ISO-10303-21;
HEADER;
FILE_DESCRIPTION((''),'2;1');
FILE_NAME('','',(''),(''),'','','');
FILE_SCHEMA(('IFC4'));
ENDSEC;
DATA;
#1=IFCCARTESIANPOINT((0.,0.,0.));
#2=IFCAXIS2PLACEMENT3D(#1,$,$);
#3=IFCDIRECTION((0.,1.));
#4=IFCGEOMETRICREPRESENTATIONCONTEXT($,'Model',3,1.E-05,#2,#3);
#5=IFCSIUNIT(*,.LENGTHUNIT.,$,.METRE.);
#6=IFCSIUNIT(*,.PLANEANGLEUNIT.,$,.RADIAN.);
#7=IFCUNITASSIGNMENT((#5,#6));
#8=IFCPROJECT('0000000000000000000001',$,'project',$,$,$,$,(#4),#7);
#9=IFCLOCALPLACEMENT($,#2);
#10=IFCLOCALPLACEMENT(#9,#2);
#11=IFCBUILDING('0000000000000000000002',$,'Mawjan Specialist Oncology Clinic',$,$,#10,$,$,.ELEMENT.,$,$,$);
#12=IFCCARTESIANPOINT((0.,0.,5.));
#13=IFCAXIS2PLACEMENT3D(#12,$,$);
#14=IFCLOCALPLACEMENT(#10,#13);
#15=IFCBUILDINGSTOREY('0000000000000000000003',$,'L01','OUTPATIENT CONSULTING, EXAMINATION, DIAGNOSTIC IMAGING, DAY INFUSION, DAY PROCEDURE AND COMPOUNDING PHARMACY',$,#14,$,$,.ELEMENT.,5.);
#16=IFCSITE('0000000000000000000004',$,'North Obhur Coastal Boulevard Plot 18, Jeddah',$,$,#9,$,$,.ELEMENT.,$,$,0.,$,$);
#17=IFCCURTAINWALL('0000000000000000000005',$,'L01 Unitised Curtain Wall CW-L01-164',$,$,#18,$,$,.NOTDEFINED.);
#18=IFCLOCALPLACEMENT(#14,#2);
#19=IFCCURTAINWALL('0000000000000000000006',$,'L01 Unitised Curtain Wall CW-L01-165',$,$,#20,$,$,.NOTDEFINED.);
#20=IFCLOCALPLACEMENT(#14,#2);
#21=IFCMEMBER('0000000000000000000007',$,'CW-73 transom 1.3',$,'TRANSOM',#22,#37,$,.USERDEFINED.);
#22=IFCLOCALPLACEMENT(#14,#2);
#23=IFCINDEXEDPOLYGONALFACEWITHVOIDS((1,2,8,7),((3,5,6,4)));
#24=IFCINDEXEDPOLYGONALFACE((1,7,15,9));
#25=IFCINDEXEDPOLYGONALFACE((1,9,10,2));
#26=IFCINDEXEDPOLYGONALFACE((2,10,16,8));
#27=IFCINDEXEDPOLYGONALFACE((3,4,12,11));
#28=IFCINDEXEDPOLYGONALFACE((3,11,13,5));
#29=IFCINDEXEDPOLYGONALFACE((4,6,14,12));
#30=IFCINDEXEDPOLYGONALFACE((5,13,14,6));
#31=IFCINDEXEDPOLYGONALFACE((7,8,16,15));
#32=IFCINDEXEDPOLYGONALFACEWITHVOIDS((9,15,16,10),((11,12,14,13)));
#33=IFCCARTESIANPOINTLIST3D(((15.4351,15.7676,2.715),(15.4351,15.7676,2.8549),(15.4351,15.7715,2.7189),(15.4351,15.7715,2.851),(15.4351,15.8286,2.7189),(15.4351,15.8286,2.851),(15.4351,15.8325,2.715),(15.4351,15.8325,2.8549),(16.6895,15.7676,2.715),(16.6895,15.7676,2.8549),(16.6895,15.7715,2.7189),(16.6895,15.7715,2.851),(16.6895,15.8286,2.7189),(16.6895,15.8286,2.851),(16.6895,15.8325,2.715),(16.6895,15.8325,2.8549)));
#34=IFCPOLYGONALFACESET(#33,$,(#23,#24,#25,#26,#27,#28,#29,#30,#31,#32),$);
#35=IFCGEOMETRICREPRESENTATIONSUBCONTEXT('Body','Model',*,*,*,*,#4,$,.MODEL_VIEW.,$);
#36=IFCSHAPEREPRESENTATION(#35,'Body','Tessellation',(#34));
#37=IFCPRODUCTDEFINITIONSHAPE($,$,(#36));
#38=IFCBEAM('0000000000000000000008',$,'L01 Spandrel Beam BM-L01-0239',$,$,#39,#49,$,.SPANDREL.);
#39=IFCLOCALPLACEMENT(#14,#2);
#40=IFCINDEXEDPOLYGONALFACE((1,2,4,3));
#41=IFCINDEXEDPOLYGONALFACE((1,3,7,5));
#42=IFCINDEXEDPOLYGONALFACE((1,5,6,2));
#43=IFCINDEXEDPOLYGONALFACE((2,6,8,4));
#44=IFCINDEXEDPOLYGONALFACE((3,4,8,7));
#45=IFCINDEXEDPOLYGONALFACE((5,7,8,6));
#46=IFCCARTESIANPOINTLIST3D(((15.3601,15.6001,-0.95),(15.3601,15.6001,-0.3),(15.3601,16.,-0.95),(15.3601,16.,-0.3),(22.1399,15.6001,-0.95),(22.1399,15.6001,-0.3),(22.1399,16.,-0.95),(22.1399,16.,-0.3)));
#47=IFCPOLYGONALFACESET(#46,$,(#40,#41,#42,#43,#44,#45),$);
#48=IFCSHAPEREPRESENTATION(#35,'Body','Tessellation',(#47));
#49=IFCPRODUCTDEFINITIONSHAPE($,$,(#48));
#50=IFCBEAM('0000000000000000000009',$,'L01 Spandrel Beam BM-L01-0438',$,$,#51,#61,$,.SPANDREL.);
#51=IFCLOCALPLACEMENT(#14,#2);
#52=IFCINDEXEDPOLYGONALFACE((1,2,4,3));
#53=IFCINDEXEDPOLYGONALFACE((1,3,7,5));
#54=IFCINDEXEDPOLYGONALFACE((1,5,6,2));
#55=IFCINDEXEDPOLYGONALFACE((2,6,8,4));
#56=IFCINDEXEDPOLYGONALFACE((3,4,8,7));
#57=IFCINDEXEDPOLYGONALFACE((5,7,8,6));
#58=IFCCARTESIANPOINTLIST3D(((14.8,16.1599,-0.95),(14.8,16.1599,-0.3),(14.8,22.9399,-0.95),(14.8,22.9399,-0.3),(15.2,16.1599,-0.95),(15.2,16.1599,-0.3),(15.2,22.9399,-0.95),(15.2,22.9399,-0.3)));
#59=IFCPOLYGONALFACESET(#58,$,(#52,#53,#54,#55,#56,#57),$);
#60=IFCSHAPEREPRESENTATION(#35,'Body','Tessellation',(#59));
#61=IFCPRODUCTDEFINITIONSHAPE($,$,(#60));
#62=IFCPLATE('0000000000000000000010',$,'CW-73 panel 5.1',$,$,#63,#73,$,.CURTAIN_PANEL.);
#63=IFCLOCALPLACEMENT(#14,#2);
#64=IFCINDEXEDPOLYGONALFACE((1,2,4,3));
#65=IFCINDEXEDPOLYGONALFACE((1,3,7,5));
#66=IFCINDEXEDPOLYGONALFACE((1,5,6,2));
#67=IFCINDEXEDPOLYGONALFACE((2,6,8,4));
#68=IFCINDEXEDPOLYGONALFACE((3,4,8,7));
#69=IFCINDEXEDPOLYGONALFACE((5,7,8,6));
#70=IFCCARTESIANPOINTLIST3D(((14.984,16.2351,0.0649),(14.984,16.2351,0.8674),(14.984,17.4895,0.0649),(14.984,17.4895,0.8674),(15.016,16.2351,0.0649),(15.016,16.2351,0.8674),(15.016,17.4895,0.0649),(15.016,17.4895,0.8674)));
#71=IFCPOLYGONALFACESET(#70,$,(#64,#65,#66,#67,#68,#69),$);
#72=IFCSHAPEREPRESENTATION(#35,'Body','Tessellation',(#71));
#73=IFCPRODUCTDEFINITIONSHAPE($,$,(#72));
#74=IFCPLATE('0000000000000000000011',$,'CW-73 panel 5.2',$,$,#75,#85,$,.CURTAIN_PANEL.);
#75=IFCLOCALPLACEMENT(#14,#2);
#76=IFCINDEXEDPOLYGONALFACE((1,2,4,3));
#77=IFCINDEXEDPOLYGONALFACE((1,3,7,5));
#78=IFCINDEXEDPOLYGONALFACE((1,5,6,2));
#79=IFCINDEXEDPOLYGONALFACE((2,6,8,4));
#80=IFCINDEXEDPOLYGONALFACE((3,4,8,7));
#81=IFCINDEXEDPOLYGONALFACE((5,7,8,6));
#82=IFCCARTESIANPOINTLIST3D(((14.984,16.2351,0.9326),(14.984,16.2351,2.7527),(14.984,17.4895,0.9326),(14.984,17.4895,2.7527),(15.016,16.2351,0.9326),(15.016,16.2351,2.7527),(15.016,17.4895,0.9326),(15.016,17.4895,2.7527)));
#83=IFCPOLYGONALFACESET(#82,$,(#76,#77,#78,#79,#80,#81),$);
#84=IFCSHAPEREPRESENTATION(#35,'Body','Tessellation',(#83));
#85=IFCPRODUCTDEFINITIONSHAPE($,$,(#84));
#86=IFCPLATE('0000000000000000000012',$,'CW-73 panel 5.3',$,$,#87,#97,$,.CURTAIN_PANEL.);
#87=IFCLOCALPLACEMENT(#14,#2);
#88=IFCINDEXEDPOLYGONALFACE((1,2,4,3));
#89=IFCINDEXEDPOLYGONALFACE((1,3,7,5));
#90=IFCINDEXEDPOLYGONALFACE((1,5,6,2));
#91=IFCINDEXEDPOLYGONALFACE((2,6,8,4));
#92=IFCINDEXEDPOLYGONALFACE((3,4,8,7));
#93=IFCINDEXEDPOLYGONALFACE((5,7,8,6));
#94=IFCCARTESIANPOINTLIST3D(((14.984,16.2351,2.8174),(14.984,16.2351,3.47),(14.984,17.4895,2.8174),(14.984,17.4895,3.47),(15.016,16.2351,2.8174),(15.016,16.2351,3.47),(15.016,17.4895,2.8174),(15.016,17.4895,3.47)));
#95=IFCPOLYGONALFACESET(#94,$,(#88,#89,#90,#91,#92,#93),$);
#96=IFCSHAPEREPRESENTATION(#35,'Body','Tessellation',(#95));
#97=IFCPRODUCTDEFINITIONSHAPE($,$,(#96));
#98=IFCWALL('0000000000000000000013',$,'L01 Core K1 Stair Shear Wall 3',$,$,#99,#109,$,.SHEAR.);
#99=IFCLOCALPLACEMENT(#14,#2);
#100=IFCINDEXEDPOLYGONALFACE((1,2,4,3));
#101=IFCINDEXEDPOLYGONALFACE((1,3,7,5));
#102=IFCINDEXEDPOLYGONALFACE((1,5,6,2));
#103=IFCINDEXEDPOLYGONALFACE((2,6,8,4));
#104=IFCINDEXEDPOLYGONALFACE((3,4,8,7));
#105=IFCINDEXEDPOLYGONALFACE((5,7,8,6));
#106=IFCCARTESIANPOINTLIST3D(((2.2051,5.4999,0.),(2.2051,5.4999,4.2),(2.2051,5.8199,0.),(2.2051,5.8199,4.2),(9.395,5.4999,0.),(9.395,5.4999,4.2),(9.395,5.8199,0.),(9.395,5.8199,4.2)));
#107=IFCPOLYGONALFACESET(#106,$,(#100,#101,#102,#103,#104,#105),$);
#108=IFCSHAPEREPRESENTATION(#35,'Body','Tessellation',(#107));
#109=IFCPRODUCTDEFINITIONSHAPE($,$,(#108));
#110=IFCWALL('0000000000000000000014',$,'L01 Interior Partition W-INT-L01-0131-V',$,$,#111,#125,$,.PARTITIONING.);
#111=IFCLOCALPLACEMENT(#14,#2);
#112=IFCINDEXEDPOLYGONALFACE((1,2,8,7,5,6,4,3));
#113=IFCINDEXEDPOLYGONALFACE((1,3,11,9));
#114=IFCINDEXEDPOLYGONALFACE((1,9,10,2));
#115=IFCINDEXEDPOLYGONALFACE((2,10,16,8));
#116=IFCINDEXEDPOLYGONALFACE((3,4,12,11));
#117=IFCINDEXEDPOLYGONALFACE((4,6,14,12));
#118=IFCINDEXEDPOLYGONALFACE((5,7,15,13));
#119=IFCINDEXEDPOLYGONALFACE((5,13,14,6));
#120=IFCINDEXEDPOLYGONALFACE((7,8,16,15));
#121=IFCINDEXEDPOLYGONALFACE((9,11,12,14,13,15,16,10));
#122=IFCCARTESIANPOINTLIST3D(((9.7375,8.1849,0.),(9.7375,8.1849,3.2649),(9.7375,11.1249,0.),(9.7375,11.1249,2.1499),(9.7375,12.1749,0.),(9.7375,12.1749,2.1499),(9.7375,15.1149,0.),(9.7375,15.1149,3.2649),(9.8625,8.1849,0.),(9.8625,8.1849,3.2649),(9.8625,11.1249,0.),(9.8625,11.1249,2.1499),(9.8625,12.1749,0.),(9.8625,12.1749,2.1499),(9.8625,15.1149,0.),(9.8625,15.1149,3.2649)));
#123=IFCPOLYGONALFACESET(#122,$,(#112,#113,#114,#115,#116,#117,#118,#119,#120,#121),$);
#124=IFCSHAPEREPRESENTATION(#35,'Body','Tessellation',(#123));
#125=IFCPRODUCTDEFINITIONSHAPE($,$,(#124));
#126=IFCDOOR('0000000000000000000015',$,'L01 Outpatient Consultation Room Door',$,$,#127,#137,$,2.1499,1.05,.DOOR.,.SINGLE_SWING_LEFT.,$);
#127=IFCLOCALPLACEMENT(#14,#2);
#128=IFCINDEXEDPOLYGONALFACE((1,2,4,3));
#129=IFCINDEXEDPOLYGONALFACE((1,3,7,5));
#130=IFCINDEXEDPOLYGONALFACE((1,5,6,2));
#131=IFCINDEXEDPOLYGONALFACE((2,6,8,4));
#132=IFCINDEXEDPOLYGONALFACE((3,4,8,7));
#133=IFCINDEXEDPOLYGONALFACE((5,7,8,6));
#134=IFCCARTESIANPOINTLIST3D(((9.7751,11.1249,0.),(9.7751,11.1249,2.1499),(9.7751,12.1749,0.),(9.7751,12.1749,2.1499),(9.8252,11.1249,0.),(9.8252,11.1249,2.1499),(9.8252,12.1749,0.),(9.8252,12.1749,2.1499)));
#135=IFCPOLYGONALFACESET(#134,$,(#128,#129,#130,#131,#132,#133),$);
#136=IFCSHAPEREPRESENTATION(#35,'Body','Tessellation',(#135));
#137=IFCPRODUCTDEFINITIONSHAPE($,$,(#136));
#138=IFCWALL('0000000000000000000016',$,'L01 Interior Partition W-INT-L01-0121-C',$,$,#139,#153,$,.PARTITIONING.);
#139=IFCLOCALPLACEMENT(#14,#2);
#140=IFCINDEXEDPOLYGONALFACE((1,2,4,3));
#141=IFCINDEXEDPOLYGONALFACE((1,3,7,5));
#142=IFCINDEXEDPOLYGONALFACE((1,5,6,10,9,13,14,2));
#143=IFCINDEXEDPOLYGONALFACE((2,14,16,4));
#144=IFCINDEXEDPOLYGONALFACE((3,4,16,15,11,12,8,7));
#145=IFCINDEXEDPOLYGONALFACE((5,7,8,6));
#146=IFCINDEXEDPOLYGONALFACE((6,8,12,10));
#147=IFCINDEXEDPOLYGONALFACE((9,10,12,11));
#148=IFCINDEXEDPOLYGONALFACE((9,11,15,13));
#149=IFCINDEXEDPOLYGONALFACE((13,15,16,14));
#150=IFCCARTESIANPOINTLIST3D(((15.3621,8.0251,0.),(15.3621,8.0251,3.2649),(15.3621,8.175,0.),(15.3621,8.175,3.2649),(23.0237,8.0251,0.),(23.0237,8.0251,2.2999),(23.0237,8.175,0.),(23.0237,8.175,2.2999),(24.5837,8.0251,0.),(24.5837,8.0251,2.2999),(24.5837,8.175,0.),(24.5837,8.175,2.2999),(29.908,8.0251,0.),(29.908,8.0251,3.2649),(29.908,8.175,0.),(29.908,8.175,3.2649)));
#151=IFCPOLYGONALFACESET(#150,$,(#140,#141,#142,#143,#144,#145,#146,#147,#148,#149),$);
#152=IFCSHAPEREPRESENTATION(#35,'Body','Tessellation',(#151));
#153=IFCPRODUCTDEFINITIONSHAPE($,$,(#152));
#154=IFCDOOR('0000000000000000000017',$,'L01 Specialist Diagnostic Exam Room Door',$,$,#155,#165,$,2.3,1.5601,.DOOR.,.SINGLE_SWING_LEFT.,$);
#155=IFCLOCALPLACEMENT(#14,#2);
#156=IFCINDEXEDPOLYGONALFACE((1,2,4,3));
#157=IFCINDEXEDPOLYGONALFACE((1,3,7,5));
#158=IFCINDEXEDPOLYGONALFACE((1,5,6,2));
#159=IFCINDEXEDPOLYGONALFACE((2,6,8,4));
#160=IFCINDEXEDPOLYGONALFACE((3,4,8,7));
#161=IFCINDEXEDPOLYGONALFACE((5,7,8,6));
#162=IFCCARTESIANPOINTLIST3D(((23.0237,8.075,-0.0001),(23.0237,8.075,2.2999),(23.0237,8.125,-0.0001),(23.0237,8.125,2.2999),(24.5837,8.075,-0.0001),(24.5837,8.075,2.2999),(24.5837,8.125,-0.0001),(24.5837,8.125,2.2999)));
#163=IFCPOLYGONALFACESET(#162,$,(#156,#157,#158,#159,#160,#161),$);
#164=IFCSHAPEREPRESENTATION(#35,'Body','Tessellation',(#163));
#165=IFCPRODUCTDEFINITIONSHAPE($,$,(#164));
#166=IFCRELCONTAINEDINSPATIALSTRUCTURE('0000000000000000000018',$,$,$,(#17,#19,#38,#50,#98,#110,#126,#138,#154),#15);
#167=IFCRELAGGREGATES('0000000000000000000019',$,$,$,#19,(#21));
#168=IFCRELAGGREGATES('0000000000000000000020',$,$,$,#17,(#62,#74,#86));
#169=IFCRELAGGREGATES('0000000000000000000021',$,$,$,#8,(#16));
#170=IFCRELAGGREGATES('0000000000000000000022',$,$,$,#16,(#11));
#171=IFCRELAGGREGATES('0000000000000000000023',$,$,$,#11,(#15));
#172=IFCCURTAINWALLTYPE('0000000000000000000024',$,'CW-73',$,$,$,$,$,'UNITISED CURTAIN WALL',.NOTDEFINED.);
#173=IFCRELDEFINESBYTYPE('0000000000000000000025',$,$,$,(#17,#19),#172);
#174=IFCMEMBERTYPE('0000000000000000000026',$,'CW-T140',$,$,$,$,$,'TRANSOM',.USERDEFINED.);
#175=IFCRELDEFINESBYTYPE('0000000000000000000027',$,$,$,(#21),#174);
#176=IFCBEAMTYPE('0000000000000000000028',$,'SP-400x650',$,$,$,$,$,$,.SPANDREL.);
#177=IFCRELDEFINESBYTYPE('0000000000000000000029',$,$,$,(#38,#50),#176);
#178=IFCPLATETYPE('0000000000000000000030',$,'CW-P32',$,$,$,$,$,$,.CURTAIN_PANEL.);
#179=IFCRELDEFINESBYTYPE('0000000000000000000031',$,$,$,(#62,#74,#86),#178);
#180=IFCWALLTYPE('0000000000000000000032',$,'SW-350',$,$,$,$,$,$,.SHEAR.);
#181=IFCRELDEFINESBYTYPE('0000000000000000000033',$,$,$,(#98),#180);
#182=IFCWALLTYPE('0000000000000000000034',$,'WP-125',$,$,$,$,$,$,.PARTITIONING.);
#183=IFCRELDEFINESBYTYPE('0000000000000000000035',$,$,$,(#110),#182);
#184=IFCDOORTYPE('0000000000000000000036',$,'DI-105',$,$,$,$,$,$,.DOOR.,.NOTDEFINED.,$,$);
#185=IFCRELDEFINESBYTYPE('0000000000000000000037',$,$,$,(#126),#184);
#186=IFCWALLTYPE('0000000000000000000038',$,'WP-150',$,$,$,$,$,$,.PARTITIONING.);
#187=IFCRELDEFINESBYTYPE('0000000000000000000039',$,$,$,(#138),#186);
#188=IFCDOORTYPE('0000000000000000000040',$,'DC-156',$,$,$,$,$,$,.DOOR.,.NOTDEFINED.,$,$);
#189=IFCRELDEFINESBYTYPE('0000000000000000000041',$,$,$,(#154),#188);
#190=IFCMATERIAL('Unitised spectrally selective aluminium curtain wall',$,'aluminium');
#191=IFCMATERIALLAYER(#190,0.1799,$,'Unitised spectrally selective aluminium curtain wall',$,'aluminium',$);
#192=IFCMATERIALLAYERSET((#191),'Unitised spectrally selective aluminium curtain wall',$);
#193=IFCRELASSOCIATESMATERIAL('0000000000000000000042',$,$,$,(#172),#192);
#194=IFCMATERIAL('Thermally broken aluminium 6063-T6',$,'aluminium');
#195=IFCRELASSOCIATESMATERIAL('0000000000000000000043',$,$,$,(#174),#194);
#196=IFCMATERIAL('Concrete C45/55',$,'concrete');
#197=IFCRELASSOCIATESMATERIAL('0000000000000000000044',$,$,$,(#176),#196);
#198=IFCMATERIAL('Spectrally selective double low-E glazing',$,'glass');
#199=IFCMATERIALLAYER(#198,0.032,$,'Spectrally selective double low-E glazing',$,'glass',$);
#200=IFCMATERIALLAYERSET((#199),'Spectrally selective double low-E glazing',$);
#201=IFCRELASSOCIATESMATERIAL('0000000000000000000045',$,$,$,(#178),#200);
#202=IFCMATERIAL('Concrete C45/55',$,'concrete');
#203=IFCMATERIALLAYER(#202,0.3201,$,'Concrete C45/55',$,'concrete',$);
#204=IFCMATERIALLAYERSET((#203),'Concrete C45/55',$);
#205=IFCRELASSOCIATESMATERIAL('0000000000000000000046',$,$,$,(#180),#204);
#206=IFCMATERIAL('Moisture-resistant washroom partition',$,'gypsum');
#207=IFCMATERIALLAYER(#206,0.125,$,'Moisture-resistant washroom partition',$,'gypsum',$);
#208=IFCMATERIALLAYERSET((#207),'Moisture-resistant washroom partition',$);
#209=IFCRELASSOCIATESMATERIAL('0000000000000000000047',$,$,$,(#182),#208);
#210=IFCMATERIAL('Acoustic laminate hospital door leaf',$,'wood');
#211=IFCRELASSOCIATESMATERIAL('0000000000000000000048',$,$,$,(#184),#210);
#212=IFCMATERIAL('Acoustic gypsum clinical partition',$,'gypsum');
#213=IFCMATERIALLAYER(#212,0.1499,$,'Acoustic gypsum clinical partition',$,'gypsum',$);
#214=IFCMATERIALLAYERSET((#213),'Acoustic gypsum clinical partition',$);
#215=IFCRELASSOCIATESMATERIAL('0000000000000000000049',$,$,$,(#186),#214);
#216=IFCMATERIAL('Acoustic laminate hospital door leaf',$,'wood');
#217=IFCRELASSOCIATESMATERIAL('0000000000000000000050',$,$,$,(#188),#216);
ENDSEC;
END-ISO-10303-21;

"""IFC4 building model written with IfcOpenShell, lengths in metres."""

from ifc_helpers import new_model, si_unit, direction, frame, frame_2d, origin, origin_2d, place, context, subcontext, project, spatial, rectangle, hollow_rectangle, extrude, material, layer, layer_set, material_profile, profile_set, type_object, element, fill, aggregate, save


model = new_model("IFC4")

# Units and contexts
model_context = context("Model", 3, precision=1e-05, world=origin(), true_north=direction((0.0, 1.0)))
body_context = subcontext(model_context, "Body", "Model", "MODEL_VIEW")
ifc_project = project(units=[si_unit("LENGTHUNIT", "METRE"), si_unit("PLANEANGLEUNIT", "RADIAN")], contexts=[model_context])

# Site, building, storey
site_placement = place(None, origin())
site = spatial("IfcSite", under=ifc_project, at=site_placement, Name="North Obhur Coastal Boulevard Plot 18, Jeddah", CompositionType="ELEMENT", RefElevation=0.0)
building_placement = place(site_placement, origin())
building = spatial("IfcBuilding", under=site, at=building_placement, Name="Mawjan Specialist Oncology Clinic", CompositionType="ELEMENT")
storey_placement = place(building_placement, frame((0.0, 0.0, 5.0)))
storey = spatial("IfcBuildingStorey", under=building, at=storey_placement, Name="L01", Description="OUTPATIENT CONSULTING, EXAMINATION, DIAGNOSTIC IMAGING, DAY INFUSION, DAY PROCEDURE AND COMPOUNDING PHARMACY", CompositionType="ELEMENT", Elevation=5.0)

# Curtain wall
ifc_material_1 = material(Name="Unitised spectrally selective aluminium curtain wall", Category="aluminium")
ifc_layer_1 = layer(ifc_material_1, 0.1799, Name="Unitised spectrally selective aluminium curtain wall", Category="aluminium")
ifc_layer_set_1 = layer_set([ifc_layer_1], Name="Unitised spectrally selective aluminium curtain wall")
curtain_wall_type = type_object("IfcCurtainWallType", Name="CW-73", ElementType="UNITISED CURTAIN WALL", PredefinedType="NOTDEFINED", material=ifc_layer_set_1)
curtain_wall_1_placement = place(storey_placement, origin())
curtain_wall_1 = element("IfcCurtainWall", 1, at=curtain_wall_1_placement, inside=storey, type_object=curtain_wall_type, Name="L01 Unitised Curtain Wall CW-L01-164", PredefinedType="NOTDEFINED")

# Curtain wall, member
curtain_wall_2_placement = place(storey_placement, origin())
curtain_wall_2 = element("IfcCurtainWall", 2, at=curtain_wall_2_placement, inside=storey, type_object=curtain_wall_type, Name="L01 Unitised Curtain Wall CW-L01-165", PredefinedType="NOTDEFINED")
ifc_material_2 = material(Name="Thermally broken aluminium 6063-T6", Category="aluminium")
ifc_material_profile_1 = material_profile(ifc_material_2, hollow_rectangle(XDim=0.0649, YDim=0.1399, WallThickness=0.0039, at=origin_2d()), Name="ALU TRANSOM 140x65x4", Category="aluminium")
ifc_profile_set_1 = profile_set([ifc_material_profile_1], Name="Thermally broken aluminium 6063-T6")
member_type_1 = type_object("IfcMemberType", Name="CW-T140", ElementType="TRANSOM", PredefinedType="USERDEFINED", material=ifc_profile_set_1)
member_1_placement = place(storey_placement, frame((15.4351, 15.8, 2.7849), z_axis=(1.0, 0.0, 0.0), x_axis=(0.0, 1.0, 0.0)))
member_1 = element("IfcMember", 3, at=member_1_placement, type_object=member_type_1, Name="CW-73 transom 1.3", ObjectType="TRANSOM", PredefinedType="USERDEFINED", context=body_context, shape_type="SweptSolid", body=[
    extrude(hollow_rectangle(XDim=0.0649, YDim=0.1399, WallThickness=0.0039, at=origin_2d()), origin(), (0.0, 0.0, 1.0), 1.2544),
])
aggregate(curtain_wall_2, [member_1])

# Beams
ifc_material_3 = material(Name="Concrete C45/55", Category="concrete")
ifc_material_profile_2 = material_profile(ifc_material_3, rectangle(XDim=0.3999, YDim=0.6499, at=origin_2d()), Name="RC BM 400x650", Category="concrete")
ifc_profile_set_2 = profile_set([ifc_material_profile_2], Name="Concrete C45/55")
beam_type_1 = type_object("IfcBeamType", Name="SP-400x650", PredefinedType="SPANDREL", material=ifc_profile_set_2)
beam_1_placement = place(storey_placement, frame((15.3601, 15.8, -0.625), z_axis=(1.0, 0.0, 0.0), x_axis=(0.0, 1.0, 0.0)))
element("IfcBeam", 4, at=beam_1_placement, inside=storey, type_object=beam_type_1, Name="L01 Spandrel Beam BM-L01-0239", PredefinedType="SPANDREL", context=body_context, shape_type="SweptSolid", body=[
    extrude(rectangle(XDim=0.3999, YDim=0.6499, at=origin_2d()), origin(), (0.0, 0.0, 1.0), 6.7798),
])
beam_2_placement = place(storey_placement, frame((15.0, 16.1599, -0.625), z_axis=(0.0, 1.0, 0.0), x_axis=(-1.0, 0.0, 0.0)))
element("IfcBeam", 5, at=beam_2_placement, inside=storey, type_object=beam_type_1, Name="L01 Spandrel Beam BM-L01-0438", PredefinedType="SPANDREL", context=body_context, shape_type="SweptSolid", body=[
    extrude(rectangle(XDim=0.3999, YDim=0.6499, at=origin_2d()), origin(), (0.0, 0.0, 1.0), 6.78),
])

# Plates
ifc_material_4 = material(Name="Spectrally selective double low-E glazing", Category="glass")
ifc_layer_2 = layer(ifc_material_4, 0.032, Name="Spectrally selective double low-E glazing", Category="glass")
ifc_layer_set_2 = layer_set([ifc_layer_2], Name="Spectrally selective double low-E glazing")
plate_type = type_object("IfcPlateType", Name="CW-P32", PredefinedType="CURTAIN_PANEL", material=ifc_layer_set_2)
plate_1_placement = place(storey_placement, frame((15.0, 16.8623, 0.0649), z_axis=(0.0, 0.0, 1.0), x_axis=(0.0, -1.0, 0.0)))
plate_1 = element("IfcPlate", 6, at=plate_1_placement, type_object=plate_type, Name="CW-73 panel 5.1", PredefinedType="CURTAIN_PANEL", context=body_context, shape_type="SweptSolid", body=[
    extrude(rectangle(XDim=1.2544, YDim=0.032, at=origin_2d()), origin(), (0.0, 0.0, 1.0), 0.8025),
])
plate_2_placement = place(storey_placement, frame((15.0, 16.8623, 0.9326), z_axis=(0.0, 0.0, 1.0), x_axis=(0.0, -1.0, 0.0)))
plate_2 = element("IfcPlate", 7, at=plate_2_placement, type_object=plate_type, Name="CW-73 panel 5.2", PredefinedType="CURTAIN_PANEL", context=body_context, shape_type="SweptSolid", body=[
    extrude(rectangle(XDim=1.2544, YDim=0.032, at=origin_2d()), origin(), (0.0, 0.0, 1.0), 1.8201),
])
plate_3_placement = place(storey_placement, frame((15.0, 16.8623, 2.8174), z_axis=(0.0, 0.0, 1.0), x_axis=(0.0, -1.0, 0.0)))
plate_3 = element("IfcPlate", 8, at=plate_3_placement, type_object=plate_type, Name="CW-73 panel 5.3", PredefinedType="CURTAIN_PANEL", context=body_context, shape_type="SweptSolid", body=[
    extrude(rectangle(XDim=1.2544, YDim=0.032, at=origin_2d()), origin(), (0.0, 0.0, 1.0), 0.6526),
])
aggregate(curtain_wall_1, [plate_1, plate_2, plate_3])

# Wall
ifc_material_5 = material(Name="Concrete C45/55", Category="concrete")
ifc_layer_3 = layer(ifc_material_5, 0.3201, Name="Concrete C45/55", Category="concrete")
ifc_layer_set_3 = layer_set([ifc_layer_3], Name="Concrete C45/55")
wall_type_1 = type_object("IfcWallType", Name="SW-350", PredefinedType="SHEAR", material=ifc_layer_set_3)
wall_1_placement = place(storey_placement, frame((9.395, 5.6599, 0.0), z_axis=(0.0, 0.0, 1.0), x_axis=(-1.0, 0.0, 0.0)))
element("IfcWall", 9, at=wall_1_placement, inside=storey, type_object=wall_type_1, Name="L01 Core K1 Stair Shear Wall 3", PredefinedType="SHEAR", context=body_context, shape_type="SweptSolid", body=[
    extrude(rectangle(XDim=7.1899, YDim=0.3201, at=frame_2d((3.595, 0.0))), origin(), (0.0, 0.0, 1.0), 4.2),
])

# Walls, openings, doors
ifc_material_6 = material(Name="Moisture-resistant washroom partition", Category="gypsum")
ifc_layer_4 = layer(ifc_material_6, 0.125, Name="Moisture-resistant washroom partition", Category="gypsum")
ifc_layer_set_4 = layer_set([ifc_layer_4], Name="Moisture-resistant washroom partition")
wall_type_2 = type_object("IfcWallType", Name="WP-125", PredefinedType="PARTITIONING", material=ifc_layer_set_4)
wall_2_placement = place(storey_placement, frame((9.8, 8.1851, 0.0), z_axis=(0.0, 0.0, 1.0), x_axis=(0.0, 1.0, 0.0)))
wall_2 = element("IfcWall", 10, at=wall_2_placement, inside=storey, type_object=wall_type_2, Name="L01 Interior Partition W-INT-L01-0131-V", PredefinedType="PARTITIONING", context=body_context, shape_type="SweptSolid", body=[
    extrude(rectangle(XDim=6.9299, YDim=0.125, at=frame_2d((3.4648, 0.0))), origin(), (0.0, 0.0, 1.0), 3.2649),
])
opening_1_placement = place(wall_2_placement, frame((2.9399, 0.0, 0.0)))
opening_1 = element("IfcOpeningElement", 11, at=opening_1_placement, cuts=wall_2, PredefinedType="OPENING", context=body_context, shape_type="SweptSolid", body=[
    extrude(rectangle(XDim=1.05, YDim=2.1499, at=frame_2d((0.5249, 1.075))), frame((0.0, 0.0745, 0.0), z_axis=(0.0, -1.0, 0.0), x_axis=(1.0, 0.0, 0.0)), (0.0, 0.0, 1.0), 0.1489),
])
ifc_material_7 = material(Name="Acoustic laminate hospital door leaf", Category="wood")
door_type_1 = type_object("IfcDoorType", Name="DI-105", OperationType="NOTDEFINED", PredefinedType="DOOR", material=ifc_material_7)
door_1_placement = place(opening_1_placement, origin())
door_1 = element("IfcDoor", 12, at=door_1_placement, inside=storey, type_object=door_type_1, Name="L01 Outpatient Consultation Room Door", OperationType="SINGLE_SWING_LEFT", OverallHeight=2.1499, OverallWidth=1.05, PredefinedType="DOOR", context=body_context, shape_type="SweptSolid", body=[
    extrude(rectangle(XDim=1.05, YDim=2.1499, at=frame_2d((0.5249, 1.075))), frame((0.0, 0.0249, 0.0), z_axis=(0.0, -1.0, 0.0), x_axis=(1.0, 0.0, 0.0)), (0.0, 0.0, 1.0), 0.05),
])
fill(opening_1, door_1)
ifc_material_8 = material(Name="Acoustic gypsum clinical partition", Category="gypsum")
ifc_layer_5 = layer(ifc_material_8, 0.1499, Name="Acoustic gypsum clinical partition", Category="gypsum")
ifc_layer_set_5 = layer_set([ifc_layer_5], Name="Acoustic gypsum clinical partition")
wall_type_3 = type_object("IfcWallType", Name="WP-150", PredefinedType="PARTITIONING", material=ifc_layer_set_5)
wall_3_placement = place(storey_placement, frame((15.3621, 8.1001, 0.0), z_axis=(0.0, 0.0, 1.0), x_axis=(1.0, 0.0, 0.0)))
wall_3 = element("IfcWall", 13, at=wall_3_placement, inside=storey, type_object=wall_type_3, Name="L01 Interior Partition W-INT-L01-0121-C", PredefinedType="PARTITIONING", context=body_context, shape_type="SweptSolid", body=[
    extrude(rectangle(XDim=14.5459, YDim=0.1499, at=frame_2d((7.2729, 0.0))), origin(), (0.0, 0.0, 1.0), 3.2649),
])
opening_2_placement = place(wall_3_placement, frame((7.6616, 0.0, 0.0)))
opening_2 = element("IfcOpeningElement", 14, at=opening_2_placement, cuts=wall_3, PredefinedType="OPENING", context=body_context, shape_type="SweptSolid", body=[
    extrude(rectangle(XDim=1.5601, YDim=2.3, at=frame_2d((0.78, 1.1499))), frame((0.0, 0.0869, 0.0), z_axis=(0.0, -1.0, 0.0), x_axis=(1.0, 0.0, 0.0)), (0.0, 0.0, 1.0), 0.1738),
])
ifc_material_9 = material(Name="Acoustic laminate hospital door leaf", Category="wood")
door_type_2 = type_object("IfcDoorType", Name="DC-156", OperationType="NOTDEFINED", PredefinedType="DOOR", material=ifc_material_9)
door_2_placement = place(opening_2_placement, origin())
door_2 = element("IfcDoor", 15, at=door_2_placement, inside=storey, type_object=door_type_2, Name="L01 Specialist Diagnostic Exam Room Door", OperationType="SINGLE_SWING_LEFT", OverallHeight=2.3, OverallWidth=1.5601, PredefinedType="DOOR", context=body_context, shape_type="SweptSolid", body=[
    extrude(rectangle(XDim=1.5601, YDim=2.3, at=frame_2d((0.78, 1.1499))), frame((0.0, 0.0249, 0.0), z_axis=(0.0, -1.0, 0.0), x_axis=(1.0, 0.0, 0.0)), (0.0, 0.0, 1.0), 0.05),
])
fill(opening_2, door_2)

save(model, "model.ifc")
